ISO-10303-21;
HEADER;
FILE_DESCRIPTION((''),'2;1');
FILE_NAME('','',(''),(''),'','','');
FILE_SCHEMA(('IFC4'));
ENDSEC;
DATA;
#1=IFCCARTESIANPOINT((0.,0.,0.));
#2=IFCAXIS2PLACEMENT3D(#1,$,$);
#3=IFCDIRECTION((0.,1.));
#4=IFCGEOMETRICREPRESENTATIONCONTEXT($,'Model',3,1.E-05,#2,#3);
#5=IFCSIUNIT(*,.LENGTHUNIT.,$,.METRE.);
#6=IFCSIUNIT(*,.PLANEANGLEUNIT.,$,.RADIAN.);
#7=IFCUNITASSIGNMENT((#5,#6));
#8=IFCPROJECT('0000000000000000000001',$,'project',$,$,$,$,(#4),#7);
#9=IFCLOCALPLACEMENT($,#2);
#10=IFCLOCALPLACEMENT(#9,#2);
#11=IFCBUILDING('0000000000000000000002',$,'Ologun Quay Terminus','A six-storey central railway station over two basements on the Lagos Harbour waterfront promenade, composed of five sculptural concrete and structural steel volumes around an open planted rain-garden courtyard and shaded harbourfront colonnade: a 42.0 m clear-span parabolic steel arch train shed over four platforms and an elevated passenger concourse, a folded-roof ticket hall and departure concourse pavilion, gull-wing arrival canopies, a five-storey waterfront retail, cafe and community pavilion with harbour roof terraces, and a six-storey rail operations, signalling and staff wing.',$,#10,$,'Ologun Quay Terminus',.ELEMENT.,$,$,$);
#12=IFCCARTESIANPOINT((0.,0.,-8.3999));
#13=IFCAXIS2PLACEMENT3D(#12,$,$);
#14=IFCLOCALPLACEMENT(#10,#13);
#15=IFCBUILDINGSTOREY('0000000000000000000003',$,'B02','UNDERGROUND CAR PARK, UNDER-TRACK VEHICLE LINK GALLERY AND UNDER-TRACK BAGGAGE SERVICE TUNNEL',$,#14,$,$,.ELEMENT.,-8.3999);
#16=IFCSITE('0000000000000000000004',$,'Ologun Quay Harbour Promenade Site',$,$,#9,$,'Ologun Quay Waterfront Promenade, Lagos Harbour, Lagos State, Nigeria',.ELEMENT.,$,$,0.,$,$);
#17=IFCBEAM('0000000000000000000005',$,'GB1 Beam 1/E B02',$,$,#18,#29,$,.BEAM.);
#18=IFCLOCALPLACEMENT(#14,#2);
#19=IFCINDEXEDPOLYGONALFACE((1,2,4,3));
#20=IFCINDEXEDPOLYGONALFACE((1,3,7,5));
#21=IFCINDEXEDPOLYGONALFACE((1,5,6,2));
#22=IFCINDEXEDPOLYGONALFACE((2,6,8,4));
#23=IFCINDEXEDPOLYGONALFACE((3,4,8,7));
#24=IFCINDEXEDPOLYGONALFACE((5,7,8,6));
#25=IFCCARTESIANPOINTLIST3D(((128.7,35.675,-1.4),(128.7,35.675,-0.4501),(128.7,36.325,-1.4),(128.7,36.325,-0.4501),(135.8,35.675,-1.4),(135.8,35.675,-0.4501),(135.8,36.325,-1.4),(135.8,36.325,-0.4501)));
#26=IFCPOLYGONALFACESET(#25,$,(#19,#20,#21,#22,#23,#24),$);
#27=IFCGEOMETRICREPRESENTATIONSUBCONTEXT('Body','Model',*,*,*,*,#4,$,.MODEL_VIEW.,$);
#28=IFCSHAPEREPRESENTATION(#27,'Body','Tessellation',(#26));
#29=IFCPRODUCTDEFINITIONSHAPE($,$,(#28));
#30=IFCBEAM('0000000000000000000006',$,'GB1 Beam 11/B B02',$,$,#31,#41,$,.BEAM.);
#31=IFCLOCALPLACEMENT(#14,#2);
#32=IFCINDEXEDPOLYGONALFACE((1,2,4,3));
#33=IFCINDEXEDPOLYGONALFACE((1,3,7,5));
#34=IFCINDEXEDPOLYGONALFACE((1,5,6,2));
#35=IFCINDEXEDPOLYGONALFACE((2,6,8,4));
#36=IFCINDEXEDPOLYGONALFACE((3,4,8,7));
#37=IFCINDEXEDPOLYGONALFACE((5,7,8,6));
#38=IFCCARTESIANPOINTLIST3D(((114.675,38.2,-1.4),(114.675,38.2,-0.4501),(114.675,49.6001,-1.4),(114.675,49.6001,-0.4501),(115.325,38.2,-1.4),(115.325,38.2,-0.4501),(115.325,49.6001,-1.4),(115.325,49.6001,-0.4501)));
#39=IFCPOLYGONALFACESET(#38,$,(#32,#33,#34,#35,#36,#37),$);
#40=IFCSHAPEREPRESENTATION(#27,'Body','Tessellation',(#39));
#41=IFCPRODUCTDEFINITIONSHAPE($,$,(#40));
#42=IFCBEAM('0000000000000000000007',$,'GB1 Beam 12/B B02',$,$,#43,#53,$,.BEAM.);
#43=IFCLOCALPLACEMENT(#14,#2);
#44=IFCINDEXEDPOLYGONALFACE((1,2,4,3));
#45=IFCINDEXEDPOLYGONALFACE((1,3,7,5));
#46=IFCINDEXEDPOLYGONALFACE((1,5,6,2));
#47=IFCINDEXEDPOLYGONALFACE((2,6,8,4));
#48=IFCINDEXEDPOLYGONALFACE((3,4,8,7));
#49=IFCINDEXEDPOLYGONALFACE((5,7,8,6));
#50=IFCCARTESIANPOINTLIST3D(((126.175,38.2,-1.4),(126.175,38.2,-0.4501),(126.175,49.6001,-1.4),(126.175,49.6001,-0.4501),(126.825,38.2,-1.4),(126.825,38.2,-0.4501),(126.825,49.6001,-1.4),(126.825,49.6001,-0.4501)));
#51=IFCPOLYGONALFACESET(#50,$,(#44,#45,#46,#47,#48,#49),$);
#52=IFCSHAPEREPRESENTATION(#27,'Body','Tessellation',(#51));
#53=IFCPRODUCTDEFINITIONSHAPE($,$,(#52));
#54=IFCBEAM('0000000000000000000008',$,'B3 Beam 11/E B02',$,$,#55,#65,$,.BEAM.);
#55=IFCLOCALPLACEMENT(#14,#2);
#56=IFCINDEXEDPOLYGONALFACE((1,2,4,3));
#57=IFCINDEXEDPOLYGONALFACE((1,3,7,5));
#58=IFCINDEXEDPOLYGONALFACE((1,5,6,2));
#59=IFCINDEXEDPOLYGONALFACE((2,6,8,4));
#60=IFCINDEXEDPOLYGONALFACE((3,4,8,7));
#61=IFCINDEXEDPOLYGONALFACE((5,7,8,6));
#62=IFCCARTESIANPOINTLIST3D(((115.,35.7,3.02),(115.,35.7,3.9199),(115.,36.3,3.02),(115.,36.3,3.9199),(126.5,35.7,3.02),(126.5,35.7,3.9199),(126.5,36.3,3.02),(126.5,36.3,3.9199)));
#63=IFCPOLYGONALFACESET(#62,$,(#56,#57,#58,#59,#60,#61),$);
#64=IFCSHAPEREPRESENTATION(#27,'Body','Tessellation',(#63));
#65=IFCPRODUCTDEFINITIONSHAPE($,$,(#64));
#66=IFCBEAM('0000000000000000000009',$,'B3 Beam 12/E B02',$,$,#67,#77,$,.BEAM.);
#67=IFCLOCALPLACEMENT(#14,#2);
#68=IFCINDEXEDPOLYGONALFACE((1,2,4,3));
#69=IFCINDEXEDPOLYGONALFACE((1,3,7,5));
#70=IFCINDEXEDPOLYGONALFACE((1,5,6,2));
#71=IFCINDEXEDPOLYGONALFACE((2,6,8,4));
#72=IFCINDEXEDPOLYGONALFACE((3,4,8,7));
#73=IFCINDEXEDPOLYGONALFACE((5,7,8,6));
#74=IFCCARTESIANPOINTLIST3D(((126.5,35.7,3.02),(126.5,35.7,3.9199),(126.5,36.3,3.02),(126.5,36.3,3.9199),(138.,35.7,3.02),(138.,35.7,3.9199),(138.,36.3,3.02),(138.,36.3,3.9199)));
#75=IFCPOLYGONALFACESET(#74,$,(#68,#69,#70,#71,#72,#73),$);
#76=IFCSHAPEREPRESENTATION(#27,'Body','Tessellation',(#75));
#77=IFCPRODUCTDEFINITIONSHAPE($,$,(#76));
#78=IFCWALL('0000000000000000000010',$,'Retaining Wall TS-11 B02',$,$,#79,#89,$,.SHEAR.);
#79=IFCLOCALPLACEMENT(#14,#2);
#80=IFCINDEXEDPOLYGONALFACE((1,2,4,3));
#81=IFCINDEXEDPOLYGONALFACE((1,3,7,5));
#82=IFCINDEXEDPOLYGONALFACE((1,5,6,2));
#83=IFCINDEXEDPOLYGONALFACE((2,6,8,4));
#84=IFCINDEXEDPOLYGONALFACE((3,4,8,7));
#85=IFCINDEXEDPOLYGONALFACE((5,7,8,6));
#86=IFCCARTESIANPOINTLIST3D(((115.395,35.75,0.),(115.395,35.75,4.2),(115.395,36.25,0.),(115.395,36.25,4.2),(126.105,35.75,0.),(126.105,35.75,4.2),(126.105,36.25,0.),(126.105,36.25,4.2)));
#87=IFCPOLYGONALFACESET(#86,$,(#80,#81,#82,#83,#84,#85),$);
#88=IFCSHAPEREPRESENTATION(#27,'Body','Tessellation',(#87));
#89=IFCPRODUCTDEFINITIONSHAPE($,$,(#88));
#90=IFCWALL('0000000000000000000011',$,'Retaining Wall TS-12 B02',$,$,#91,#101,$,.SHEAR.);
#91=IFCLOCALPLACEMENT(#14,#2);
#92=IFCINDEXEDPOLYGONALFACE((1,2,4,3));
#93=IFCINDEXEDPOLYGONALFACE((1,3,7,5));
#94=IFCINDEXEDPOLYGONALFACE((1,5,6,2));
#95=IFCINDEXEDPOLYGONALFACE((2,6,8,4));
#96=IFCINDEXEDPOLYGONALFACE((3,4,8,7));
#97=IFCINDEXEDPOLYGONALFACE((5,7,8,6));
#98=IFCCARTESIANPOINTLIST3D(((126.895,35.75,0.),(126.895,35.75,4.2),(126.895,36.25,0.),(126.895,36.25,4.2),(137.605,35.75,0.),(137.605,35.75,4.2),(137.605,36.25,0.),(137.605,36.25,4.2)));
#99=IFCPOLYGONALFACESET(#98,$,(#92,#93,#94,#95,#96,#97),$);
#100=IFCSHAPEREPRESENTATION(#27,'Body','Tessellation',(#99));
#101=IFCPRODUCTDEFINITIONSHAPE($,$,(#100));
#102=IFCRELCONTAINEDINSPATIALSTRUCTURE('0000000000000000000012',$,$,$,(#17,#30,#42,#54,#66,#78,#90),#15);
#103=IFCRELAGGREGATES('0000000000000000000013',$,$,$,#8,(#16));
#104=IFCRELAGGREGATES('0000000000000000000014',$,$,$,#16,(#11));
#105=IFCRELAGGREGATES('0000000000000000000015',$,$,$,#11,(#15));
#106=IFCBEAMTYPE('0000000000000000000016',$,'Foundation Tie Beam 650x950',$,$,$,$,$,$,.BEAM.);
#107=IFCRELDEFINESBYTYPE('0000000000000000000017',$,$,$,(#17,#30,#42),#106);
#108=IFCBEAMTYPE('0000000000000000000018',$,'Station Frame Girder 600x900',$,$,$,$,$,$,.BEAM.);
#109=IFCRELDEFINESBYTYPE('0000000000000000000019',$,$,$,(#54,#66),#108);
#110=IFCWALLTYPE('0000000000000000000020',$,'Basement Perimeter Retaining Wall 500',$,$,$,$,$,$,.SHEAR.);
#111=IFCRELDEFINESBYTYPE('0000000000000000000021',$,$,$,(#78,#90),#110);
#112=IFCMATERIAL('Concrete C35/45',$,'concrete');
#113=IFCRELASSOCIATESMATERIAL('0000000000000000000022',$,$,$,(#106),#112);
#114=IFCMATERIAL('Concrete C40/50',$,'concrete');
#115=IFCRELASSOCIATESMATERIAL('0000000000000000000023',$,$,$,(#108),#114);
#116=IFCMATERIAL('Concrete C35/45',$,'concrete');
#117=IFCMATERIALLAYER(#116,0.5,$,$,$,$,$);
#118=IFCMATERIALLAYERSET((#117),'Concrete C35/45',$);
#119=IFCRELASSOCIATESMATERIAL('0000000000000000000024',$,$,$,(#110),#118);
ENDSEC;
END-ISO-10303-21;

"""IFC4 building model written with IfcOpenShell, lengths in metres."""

from ifc_helpers import new_model, si_unit, direction, frame, frame_2d, origin, origin_2d, place, context, subcontext, project, spatial, rectangle, extrude, material, layer, layer_set, material_profile, profile_set, type_object, element, save


model = new_model("IFC4")

# Units and contexts
model_context = context("Model", 3, precision=1e-05, world=origin(), true_north=direction((0.0, 1.0)))
body_context = subcontext(model_context, "Body", "Model", "MODEL_VIEW")
ifc_project = project(units=[si_unit("LENGTHUNIT", "METRE"), si_unit("PLANEANGLEUNIT", "RADIAN")], contexts=[model_context])

# Site, building, storey
site_placement = place(None, origin())
site = spatial("IfcSite", under=ifc_project, at=site_placement, Name="Ologun Quay Harbour Promenade Site", LongName="Ologun Quay Waterfront Promenade, Lagos Harbour, Lagos State, Nigeria", CompositionType="ELEMENT", RefElevation=0.0)
building_placement = place(site_placement, origin())
building = spatial("IfcBuilding", under=site, at=building_placement, Name="Ologun Quay Terminus", Description="A six-storey central railway station over two basements on the Lagos Harbour waterfront promenade, composed of five sculptural concrete and structural steel volumes around an open planted rain-garden courtyard and shaded harbourfront colonnade: a 42.0 m clear-span parabolic steel arch train shed over four platforms and an elevated passenger concourse, a folded-roof ticket hall and departure concourse pavilion, gull-wing arrival canopies, a five-storey waterfront retail, cafe and community pavilion with harbour roof terraces, and a six-storey rail operations, signalling and staff wing.", LongName="Ologun Quay Terminus", CompositionType="ELEMENT")
storey_placement = place(building_placement, frame((0.0, 0.0, -8.3999)))
storey = spatial("IfcBuildingStorey", under=building, at=storey_placement, Name="B02", Description="UNDERGROUND CAR PARK, UNDER-TRACK VEHICLE LINK GALLERY AND UNDER-TRACK BAGGAGE SERVICE TUNNEL", CompositionType="ELEMENT", Elevation=-8.3999)

# Beams
ifc_material_1 = material(Name="Concrete C35/45", Category="concrete")
ifc_material_profile_1 = material_profile(ifc_material_1, rectangle(XDim=0.6499, YDim=0.95, at=origin_2d()), Name="RC 650x950")
ifc_profile_set_1 = profile_set([ifc_material_profile_1], Name="Concrete C35/45")
beam_type_1 = type_object("IfcBeamType", Name="Foundation Tie Beam 650x950", PredefinedType="BEAM", material=ifc_profile_set_1)
for number, where, z_axis, x_axis, name in (
    (1, (128.7, 36.0, -0.925), (1.0, 0.0, 0.0), (0.0, 1.0, 0.0), "GB1 Beam 1/E B02"),
):
    element("IfcBeam", number, at=place(storey_placement, frame(where, z_axis=z_axis, x_axis=x_axis)), inside=storey, type_object=beam_type_1, Name=name, PredefinedType="BEAM", context=body_context, shape_type="SweptSolid", body=[
        extrude(rectangle(XDim=0.6499, YDim=0.95, at=origin_2d()), origin(), (0.0, 0.0, 1.0), 7.1001),
    ])
for number, where, z_axis, x_axis, name in (
    (2, (115.0, 38.2, -0.925), (0.0, 1.0, 0.0), (-1.0, 0.0, 0.0), "GB1 Beam 11/B B02"),
    (3, (126.5, 38.2, -0.925), (0.0, 1.0, 0.0), (-1.0, 0.0, 0.0), "GB1 Beam 12/B B02"),
):
    element("IfcBeam", number, at=place(storey_placement, frame(where, z_axis=z_axis, x_axis=x_axis)), inside=storey, type_object=beam_type_1, Name=name, PredefinedType="BEAM", context=body_context, shape_type="SweptSolid", body=[
        extrude(rectangle(XDim=0.6499, YDim=0.95, at=origin_2d()), origin(), (0.0, 0.0, 1.0), 11.4001),
    ])
ifc_material_2 = material(Name="Concrete C40/50", Category="concrete")
ifc_material_profile_2 = material_profile(ifc_material_2, rectangle(XDim=0.6001, YDim=0.8999, at=origin_2d()), Name="RC 600x900")
ifc_profile_set_2 = profile_set([ifc_material_profile_2], Name="Concrete C40/50")
beam_type_2 = type_object("IfcBeamType", Name="Station Frame Girder 600x900", PredefinedType="BEAM", material=ifc_profile_set_2)
for number, where, z_axis, x_axis, name in (
    (4, (115.0, 36.0, 3.47), (1.0, 0.0, 0.0), (0.0, 1.0, 0.0), "B3 Beam 11/E B02"),
    (5, (126.5, 36.0, 3.47), (1.0, 0.0, 0.0), (0.0, 1.0, 0.0), "B3 Beam 12/E B02"),
):
    element("IfcBeam", number, at=place(storey_placement, frame(where, z_axis=z_axis, x_axis=x_axis)), inside=storey, type_object=beam_type_2, Name=name, PredefinedType="BEAM", context=body_context, shape_type="SweptSolid", body=[
        extrude(rectangle(XDim=0.6001, YDim=0.8999, at=origin_2d()), origin(), (0.0, 0.0, 1.0), 11.5),
    ])

# Walls
ifc_material_3 = material(Name="Concrete C35/45", Category="concrete")
ifc_layer = layer(ifc_material_3, 0.5)
ifc_layer_set = layer_set([ifc_layer], Name="Concrete C35/45")
wall_type = type_object("IfcWallType", Name="Basement Perimeter Retaining Wall 500", PredefinedType="SHEAR", material=ifc_layer_set)
for number, where, z_axis, x_axis, name in (
    (6, (115.395, 36.0, 0.0), (0.0, 0.0, 1.0), (1.0, 0.0, 0.0), "Retaining Wall TS-11 B02"),
    (7, (126.895, 36.0, 0.0), (0.0, 0.0, 1.0), (1.0, 0.0, 0.0), "Retaining Wall TS-12 B02"),
):
    element("IfcWall", number, at=place(storey_placement, frame(where, z_axis=z_axis, x_axis=x_axis)), inside=storey, type_object=wall_type, Name=name, PredefinedType="SHEAR", context=body_context, shape_type="SweptSolid", body=[
        extrude(rectangle(XDim=10.71, YDim=0.5, at=frame_2d((5.355, 0.0))), origin(), (0.0, 0.0, 1.0), 4.2),
    ])

save(model, "model.ifc")
